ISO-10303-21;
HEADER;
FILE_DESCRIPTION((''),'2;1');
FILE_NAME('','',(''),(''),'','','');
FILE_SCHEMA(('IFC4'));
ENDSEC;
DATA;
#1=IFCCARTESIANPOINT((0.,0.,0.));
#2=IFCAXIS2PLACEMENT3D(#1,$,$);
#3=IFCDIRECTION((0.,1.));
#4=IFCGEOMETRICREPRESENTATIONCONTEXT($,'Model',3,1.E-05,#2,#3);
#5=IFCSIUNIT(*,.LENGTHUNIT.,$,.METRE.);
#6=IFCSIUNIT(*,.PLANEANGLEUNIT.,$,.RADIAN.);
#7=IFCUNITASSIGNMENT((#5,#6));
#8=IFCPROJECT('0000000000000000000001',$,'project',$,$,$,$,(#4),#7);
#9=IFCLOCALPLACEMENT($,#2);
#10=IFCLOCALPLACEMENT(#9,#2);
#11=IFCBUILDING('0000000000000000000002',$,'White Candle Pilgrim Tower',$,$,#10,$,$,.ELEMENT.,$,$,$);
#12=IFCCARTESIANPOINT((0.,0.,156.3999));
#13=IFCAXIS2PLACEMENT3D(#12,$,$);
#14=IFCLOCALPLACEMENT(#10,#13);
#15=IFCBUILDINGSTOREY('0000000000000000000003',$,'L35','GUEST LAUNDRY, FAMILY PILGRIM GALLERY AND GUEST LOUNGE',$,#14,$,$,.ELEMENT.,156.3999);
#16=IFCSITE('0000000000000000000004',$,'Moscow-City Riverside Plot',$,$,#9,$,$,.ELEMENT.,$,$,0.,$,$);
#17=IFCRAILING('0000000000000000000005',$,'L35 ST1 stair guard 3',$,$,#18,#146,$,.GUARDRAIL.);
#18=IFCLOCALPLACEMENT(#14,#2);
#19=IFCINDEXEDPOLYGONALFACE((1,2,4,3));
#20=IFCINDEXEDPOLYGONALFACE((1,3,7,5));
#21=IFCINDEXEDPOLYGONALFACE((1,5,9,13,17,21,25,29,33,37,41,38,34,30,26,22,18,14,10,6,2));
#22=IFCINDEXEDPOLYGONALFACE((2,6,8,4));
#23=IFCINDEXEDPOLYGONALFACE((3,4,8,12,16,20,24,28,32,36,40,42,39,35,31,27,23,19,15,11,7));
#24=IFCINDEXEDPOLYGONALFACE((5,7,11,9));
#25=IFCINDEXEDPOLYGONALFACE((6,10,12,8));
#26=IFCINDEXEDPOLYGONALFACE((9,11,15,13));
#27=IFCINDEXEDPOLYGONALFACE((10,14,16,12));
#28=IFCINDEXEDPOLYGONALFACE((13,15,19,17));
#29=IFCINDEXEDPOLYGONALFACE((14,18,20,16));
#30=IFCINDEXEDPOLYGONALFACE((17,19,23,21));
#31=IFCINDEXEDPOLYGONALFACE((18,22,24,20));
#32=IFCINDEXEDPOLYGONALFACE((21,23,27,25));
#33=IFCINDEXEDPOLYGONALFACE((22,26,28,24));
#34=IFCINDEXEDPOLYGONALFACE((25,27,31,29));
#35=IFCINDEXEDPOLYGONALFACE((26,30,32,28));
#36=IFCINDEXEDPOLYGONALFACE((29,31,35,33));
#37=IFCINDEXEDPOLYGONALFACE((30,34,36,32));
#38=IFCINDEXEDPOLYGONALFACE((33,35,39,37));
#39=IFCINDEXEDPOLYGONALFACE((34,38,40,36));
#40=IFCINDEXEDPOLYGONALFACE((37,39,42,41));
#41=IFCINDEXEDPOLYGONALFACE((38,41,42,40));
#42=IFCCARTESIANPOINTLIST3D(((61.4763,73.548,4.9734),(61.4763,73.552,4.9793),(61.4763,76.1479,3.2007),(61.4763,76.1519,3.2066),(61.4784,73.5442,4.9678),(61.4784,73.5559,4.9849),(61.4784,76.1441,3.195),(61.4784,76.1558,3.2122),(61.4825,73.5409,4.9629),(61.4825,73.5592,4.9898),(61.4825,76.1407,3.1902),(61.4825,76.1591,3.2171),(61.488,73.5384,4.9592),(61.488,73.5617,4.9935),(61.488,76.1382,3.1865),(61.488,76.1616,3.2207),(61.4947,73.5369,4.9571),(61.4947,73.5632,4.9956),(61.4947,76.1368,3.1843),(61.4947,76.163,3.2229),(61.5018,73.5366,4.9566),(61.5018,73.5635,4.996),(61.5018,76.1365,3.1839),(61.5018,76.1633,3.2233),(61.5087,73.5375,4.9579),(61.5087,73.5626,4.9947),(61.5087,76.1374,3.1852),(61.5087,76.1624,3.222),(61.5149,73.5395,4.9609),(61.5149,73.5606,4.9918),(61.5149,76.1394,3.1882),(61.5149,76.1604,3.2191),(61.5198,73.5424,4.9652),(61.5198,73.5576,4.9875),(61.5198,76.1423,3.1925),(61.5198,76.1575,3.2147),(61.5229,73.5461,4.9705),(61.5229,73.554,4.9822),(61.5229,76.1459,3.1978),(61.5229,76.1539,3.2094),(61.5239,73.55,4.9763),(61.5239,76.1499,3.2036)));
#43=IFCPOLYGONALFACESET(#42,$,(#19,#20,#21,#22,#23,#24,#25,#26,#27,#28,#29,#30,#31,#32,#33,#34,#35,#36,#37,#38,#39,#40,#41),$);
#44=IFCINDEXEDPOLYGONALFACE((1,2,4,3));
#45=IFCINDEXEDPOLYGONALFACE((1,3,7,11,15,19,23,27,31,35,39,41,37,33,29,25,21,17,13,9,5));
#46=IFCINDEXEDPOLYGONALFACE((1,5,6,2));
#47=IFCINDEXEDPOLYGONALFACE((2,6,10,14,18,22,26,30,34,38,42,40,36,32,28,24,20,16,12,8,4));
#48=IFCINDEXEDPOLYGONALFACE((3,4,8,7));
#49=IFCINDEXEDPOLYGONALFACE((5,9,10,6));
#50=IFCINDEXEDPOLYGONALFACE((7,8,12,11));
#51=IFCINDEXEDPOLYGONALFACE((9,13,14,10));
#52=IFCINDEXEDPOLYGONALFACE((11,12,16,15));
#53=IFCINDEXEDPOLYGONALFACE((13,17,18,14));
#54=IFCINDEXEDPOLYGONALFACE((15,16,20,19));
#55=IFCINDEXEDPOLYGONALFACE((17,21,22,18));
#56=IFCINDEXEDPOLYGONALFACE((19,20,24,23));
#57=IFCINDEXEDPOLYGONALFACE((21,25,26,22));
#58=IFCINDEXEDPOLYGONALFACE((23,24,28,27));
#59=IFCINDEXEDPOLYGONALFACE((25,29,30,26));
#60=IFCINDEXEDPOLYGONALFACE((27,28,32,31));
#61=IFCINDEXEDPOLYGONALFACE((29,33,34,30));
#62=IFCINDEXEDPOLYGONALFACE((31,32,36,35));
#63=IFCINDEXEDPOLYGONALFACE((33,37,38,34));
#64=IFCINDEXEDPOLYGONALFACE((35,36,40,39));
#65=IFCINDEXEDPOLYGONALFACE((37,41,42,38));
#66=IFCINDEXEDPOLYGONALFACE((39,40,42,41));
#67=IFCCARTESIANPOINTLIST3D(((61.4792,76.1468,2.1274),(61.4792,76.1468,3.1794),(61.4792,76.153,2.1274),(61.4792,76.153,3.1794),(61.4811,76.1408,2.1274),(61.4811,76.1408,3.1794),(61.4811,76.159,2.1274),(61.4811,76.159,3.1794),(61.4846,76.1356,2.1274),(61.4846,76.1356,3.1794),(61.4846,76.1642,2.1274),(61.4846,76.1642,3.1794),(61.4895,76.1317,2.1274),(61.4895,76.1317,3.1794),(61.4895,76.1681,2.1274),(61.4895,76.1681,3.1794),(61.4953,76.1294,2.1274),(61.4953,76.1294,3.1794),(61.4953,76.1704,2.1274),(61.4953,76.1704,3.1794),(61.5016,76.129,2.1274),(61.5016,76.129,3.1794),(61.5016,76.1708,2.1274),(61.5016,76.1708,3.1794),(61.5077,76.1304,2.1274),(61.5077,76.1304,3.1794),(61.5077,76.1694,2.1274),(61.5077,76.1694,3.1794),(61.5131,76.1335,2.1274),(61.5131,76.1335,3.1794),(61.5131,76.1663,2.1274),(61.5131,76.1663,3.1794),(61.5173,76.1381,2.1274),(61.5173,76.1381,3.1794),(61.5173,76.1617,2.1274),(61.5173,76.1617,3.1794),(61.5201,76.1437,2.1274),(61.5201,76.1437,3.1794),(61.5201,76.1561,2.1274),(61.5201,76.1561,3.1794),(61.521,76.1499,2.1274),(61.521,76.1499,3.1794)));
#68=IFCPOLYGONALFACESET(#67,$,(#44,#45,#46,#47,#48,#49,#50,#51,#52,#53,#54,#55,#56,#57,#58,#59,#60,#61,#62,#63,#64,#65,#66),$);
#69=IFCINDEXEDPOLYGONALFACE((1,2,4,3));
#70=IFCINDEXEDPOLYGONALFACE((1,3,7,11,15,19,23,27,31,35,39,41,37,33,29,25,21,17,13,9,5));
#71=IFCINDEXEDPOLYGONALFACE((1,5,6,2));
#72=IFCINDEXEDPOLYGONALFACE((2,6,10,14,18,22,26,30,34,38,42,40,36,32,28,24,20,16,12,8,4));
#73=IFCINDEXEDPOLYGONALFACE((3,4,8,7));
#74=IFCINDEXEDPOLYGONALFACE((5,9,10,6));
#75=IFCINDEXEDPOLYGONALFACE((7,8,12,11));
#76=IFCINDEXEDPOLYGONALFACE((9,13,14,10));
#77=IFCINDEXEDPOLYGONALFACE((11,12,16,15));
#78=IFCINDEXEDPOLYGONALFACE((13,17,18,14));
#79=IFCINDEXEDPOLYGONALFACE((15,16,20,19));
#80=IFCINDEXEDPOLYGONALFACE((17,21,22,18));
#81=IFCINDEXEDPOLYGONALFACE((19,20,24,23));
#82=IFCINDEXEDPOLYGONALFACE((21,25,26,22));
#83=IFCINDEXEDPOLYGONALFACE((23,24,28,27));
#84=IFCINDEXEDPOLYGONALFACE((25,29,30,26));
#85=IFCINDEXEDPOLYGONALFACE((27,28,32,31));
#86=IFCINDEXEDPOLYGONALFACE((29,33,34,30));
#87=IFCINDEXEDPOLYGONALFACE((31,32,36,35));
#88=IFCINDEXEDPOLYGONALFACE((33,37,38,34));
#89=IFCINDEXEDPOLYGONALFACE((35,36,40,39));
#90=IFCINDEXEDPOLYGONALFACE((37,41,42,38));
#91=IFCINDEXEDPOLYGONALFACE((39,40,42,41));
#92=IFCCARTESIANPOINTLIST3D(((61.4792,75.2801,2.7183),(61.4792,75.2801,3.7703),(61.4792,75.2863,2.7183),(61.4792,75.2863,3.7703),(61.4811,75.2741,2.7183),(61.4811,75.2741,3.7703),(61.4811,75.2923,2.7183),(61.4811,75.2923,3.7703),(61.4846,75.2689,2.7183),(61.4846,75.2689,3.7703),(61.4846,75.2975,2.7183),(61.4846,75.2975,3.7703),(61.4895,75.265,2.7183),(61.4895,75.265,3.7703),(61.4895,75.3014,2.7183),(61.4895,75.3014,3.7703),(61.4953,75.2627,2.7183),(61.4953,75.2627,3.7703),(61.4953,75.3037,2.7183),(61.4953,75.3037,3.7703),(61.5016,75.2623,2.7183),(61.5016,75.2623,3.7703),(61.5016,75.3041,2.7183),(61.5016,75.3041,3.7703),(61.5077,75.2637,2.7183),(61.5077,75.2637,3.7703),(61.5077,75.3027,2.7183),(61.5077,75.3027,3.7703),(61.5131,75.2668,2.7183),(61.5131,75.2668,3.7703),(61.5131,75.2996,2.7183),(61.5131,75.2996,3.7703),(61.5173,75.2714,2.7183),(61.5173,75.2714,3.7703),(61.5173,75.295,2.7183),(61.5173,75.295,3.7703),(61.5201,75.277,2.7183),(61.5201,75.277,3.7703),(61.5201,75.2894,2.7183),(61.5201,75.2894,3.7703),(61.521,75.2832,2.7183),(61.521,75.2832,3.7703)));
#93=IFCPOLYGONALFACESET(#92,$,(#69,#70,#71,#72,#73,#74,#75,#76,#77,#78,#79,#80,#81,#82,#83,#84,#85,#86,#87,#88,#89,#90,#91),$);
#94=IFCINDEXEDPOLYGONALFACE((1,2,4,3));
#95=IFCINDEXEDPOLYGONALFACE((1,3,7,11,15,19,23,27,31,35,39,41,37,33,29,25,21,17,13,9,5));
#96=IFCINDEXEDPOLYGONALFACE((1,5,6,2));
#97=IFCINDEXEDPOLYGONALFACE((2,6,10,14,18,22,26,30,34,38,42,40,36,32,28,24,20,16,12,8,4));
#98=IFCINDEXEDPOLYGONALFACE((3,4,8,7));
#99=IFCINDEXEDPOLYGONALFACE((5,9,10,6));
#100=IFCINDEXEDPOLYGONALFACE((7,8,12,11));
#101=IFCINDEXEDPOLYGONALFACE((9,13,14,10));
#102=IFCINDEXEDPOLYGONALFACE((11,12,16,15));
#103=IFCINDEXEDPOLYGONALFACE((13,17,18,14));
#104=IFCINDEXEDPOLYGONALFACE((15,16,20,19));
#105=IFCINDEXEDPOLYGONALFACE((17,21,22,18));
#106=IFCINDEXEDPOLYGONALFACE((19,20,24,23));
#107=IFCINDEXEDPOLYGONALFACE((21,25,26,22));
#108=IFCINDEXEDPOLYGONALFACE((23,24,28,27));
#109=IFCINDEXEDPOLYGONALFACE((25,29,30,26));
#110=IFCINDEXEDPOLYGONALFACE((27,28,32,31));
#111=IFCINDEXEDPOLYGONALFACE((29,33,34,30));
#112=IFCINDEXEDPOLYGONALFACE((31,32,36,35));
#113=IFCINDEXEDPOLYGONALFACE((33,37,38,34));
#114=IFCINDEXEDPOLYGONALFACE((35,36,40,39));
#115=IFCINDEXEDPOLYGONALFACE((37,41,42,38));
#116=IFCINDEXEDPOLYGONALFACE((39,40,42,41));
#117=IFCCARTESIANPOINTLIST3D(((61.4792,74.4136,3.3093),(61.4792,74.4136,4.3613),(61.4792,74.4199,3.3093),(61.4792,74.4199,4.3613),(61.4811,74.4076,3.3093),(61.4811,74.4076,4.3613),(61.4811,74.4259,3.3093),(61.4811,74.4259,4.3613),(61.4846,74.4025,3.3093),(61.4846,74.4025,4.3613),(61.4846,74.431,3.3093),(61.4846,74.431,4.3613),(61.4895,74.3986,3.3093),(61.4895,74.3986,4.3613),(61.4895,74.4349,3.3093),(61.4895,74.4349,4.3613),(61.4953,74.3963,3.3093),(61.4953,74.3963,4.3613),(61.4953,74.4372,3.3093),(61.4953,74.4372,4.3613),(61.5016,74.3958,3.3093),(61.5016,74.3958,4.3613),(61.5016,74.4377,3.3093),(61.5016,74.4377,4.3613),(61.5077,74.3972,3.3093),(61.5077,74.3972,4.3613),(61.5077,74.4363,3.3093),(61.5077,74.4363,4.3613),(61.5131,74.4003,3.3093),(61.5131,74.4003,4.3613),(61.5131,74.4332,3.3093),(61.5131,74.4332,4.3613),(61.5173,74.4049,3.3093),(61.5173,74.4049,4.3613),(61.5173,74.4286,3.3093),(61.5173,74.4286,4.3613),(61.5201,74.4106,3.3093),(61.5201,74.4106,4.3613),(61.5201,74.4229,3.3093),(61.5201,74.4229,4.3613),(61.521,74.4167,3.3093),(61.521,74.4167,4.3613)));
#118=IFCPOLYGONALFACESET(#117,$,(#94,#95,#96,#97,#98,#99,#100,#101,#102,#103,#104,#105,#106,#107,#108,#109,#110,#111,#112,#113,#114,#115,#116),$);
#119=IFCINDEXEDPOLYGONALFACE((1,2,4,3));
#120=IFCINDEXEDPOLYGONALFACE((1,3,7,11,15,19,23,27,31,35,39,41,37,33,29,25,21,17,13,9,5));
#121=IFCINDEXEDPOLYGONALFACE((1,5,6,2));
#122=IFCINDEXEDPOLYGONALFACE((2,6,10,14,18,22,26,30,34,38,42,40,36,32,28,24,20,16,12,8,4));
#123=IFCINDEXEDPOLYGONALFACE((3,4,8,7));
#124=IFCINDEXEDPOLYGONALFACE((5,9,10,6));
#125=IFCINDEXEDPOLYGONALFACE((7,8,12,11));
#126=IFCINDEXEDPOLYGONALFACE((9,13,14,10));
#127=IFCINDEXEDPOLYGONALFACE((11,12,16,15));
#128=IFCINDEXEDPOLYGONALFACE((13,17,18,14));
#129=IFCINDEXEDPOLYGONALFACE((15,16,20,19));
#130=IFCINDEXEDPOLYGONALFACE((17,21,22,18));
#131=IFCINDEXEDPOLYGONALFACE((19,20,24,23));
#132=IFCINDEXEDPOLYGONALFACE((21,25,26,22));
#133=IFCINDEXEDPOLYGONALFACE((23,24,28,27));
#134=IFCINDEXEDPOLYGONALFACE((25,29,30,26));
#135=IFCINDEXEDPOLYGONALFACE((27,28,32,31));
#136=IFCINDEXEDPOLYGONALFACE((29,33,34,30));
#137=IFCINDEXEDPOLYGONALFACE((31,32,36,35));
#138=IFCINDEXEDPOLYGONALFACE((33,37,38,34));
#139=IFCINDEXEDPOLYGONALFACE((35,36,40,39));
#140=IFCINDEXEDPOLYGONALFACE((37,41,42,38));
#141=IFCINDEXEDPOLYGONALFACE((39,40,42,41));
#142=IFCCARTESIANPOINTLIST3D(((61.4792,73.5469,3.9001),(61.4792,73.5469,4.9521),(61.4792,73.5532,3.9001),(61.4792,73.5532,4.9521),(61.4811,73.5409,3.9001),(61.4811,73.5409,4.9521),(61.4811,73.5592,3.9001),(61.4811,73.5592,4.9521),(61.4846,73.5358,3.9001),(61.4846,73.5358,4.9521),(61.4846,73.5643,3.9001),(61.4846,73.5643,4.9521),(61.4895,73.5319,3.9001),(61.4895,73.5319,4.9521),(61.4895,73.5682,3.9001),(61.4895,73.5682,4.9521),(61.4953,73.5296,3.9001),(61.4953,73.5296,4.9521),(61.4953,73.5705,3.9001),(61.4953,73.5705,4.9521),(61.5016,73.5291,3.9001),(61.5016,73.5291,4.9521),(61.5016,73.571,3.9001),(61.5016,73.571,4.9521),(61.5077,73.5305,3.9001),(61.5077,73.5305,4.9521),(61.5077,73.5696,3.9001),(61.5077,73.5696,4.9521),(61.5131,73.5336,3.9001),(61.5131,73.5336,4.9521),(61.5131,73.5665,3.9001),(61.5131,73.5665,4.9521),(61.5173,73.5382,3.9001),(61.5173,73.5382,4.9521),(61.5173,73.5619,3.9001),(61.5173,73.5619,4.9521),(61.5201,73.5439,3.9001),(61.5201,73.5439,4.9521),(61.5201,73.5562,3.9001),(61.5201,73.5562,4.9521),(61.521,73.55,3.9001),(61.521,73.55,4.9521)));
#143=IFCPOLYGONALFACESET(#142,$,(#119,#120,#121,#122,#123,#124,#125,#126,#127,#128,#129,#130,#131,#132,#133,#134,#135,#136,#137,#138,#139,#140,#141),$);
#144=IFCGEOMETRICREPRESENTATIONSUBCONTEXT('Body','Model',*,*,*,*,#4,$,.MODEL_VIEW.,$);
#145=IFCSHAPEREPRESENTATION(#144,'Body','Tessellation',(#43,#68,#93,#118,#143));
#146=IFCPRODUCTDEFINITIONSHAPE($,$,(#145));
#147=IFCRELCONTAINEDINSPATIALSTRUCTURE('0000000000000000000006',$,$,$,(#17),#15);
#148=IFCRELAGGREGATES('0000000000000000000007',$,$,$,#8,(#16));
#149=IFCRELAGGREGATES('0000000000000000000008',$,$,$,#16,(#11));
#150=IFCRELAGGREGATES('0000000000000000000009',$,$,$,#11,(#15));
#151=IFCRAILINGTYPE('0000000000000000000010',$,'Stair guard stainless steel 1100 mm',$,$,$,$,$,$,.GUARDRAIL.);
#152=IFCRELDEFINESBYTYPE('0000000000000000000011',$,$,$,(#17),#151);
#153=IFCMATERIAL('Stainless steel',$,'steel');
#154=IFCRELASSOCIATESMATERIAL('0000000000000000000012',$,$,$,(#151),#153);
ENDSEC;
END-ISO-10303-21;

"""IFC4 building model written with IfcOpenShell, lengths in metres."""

from ifc_helpers import new_model, si_unit, direction, frame, origin, origin_2d, place, context, subcontext, project, spatial, circle, extrude, material, type_object, element, save


model = new_model("IFC4")

# Units and contexts
model_context = context("Model", 3, precision=1e-05, world=origin(), true_north=direction((0.0, 1.0)))
body_context = subcontext(model_context, "Body", "Model", "MODEL_VIEW")
ifc_project = project(units=[si_unit("LENGTHUNIT", "METRE"), si_unit("PLANEANGLEUNIT", "RADIAN")], contexts=[model_context])

# Site, building, storey
site_placement = place(None, origin())
site = spatial("IfcSite", under=ifc_project, at=site_placement, Name="Moscow-City Riverside Plot", CompositionType="ELEMENT", RefElevation=0.0)
building_placement = place(site_placement, origin())
building = spatial("IfcBuilding", under=site, at=building_placement, Name="White Candle Pilgrim Tower", CompositionType="ELEMENT")
storey_placement = place(building_placement, frame((0.0, 0.0, 156.3999)))
storey = spatial("IfcBuildingStorey", under=building, at=storey_placement, Name="L35", Description="GUEST LAUNDRY, FAMILY PILGRIM GALLERY AND GUEST LOUNGE", CompositionType="ELEMENT", Elevation=156.3999)

# Shared definitions
ifc_material_1 = material(Name="Stainless steel", Category="steel")

# Railing
railing_type_1 = type_object("IfcRailingType", Name="Stair guard stainless steel 1100 mm", PredefinedType="GUARDRAIL", material=ifc_material_1)
railing_1_placement = place(storey_placement, frame((61.5, 76.1499, 2.1274)))
element("IfcRailing", 1, at=railing_1_placement, inside=storey, type_object=railing_type_1, Name="L35 ST1 stair guard 3", PredefinedType="GUARDRAIL", context=body_context, shape_type="SweptSolid", body=[
    extrude(circle(Radius=0.0239, at=origin_2d()), frame((0.0, 0.0, 1.0762), z_axis=(0.0, -0.826216, 0.563354), x_axis=(1.0, 0.0, 0.0)), (0.0, 0.0, 1.0), 3.1467),
    extrude(circle(Radius=0.021, at=origin_2d()), origin(), (0.0, 0.0, 1.0), 1.052),
    extrude(circle(Radius=0.021, at=origin_2d()), frame((0.0, -0.8667, 0.5908)), (0.0, 0.0, 1.0), 1.052),
    extrude(circle(Radius=0.021, at=origin_2d()), frame((0.0, -1.7332, 1.1819)), (0.0, 0.0, 1.0), 1.052),
    extrude(circle(Radius=0.021, at=origin_2d()), frame((0.0, -2.5999, 1.7727)), (0.0, 0.0, 1.0), 1.052),
])

save(model, "model.ifc")
